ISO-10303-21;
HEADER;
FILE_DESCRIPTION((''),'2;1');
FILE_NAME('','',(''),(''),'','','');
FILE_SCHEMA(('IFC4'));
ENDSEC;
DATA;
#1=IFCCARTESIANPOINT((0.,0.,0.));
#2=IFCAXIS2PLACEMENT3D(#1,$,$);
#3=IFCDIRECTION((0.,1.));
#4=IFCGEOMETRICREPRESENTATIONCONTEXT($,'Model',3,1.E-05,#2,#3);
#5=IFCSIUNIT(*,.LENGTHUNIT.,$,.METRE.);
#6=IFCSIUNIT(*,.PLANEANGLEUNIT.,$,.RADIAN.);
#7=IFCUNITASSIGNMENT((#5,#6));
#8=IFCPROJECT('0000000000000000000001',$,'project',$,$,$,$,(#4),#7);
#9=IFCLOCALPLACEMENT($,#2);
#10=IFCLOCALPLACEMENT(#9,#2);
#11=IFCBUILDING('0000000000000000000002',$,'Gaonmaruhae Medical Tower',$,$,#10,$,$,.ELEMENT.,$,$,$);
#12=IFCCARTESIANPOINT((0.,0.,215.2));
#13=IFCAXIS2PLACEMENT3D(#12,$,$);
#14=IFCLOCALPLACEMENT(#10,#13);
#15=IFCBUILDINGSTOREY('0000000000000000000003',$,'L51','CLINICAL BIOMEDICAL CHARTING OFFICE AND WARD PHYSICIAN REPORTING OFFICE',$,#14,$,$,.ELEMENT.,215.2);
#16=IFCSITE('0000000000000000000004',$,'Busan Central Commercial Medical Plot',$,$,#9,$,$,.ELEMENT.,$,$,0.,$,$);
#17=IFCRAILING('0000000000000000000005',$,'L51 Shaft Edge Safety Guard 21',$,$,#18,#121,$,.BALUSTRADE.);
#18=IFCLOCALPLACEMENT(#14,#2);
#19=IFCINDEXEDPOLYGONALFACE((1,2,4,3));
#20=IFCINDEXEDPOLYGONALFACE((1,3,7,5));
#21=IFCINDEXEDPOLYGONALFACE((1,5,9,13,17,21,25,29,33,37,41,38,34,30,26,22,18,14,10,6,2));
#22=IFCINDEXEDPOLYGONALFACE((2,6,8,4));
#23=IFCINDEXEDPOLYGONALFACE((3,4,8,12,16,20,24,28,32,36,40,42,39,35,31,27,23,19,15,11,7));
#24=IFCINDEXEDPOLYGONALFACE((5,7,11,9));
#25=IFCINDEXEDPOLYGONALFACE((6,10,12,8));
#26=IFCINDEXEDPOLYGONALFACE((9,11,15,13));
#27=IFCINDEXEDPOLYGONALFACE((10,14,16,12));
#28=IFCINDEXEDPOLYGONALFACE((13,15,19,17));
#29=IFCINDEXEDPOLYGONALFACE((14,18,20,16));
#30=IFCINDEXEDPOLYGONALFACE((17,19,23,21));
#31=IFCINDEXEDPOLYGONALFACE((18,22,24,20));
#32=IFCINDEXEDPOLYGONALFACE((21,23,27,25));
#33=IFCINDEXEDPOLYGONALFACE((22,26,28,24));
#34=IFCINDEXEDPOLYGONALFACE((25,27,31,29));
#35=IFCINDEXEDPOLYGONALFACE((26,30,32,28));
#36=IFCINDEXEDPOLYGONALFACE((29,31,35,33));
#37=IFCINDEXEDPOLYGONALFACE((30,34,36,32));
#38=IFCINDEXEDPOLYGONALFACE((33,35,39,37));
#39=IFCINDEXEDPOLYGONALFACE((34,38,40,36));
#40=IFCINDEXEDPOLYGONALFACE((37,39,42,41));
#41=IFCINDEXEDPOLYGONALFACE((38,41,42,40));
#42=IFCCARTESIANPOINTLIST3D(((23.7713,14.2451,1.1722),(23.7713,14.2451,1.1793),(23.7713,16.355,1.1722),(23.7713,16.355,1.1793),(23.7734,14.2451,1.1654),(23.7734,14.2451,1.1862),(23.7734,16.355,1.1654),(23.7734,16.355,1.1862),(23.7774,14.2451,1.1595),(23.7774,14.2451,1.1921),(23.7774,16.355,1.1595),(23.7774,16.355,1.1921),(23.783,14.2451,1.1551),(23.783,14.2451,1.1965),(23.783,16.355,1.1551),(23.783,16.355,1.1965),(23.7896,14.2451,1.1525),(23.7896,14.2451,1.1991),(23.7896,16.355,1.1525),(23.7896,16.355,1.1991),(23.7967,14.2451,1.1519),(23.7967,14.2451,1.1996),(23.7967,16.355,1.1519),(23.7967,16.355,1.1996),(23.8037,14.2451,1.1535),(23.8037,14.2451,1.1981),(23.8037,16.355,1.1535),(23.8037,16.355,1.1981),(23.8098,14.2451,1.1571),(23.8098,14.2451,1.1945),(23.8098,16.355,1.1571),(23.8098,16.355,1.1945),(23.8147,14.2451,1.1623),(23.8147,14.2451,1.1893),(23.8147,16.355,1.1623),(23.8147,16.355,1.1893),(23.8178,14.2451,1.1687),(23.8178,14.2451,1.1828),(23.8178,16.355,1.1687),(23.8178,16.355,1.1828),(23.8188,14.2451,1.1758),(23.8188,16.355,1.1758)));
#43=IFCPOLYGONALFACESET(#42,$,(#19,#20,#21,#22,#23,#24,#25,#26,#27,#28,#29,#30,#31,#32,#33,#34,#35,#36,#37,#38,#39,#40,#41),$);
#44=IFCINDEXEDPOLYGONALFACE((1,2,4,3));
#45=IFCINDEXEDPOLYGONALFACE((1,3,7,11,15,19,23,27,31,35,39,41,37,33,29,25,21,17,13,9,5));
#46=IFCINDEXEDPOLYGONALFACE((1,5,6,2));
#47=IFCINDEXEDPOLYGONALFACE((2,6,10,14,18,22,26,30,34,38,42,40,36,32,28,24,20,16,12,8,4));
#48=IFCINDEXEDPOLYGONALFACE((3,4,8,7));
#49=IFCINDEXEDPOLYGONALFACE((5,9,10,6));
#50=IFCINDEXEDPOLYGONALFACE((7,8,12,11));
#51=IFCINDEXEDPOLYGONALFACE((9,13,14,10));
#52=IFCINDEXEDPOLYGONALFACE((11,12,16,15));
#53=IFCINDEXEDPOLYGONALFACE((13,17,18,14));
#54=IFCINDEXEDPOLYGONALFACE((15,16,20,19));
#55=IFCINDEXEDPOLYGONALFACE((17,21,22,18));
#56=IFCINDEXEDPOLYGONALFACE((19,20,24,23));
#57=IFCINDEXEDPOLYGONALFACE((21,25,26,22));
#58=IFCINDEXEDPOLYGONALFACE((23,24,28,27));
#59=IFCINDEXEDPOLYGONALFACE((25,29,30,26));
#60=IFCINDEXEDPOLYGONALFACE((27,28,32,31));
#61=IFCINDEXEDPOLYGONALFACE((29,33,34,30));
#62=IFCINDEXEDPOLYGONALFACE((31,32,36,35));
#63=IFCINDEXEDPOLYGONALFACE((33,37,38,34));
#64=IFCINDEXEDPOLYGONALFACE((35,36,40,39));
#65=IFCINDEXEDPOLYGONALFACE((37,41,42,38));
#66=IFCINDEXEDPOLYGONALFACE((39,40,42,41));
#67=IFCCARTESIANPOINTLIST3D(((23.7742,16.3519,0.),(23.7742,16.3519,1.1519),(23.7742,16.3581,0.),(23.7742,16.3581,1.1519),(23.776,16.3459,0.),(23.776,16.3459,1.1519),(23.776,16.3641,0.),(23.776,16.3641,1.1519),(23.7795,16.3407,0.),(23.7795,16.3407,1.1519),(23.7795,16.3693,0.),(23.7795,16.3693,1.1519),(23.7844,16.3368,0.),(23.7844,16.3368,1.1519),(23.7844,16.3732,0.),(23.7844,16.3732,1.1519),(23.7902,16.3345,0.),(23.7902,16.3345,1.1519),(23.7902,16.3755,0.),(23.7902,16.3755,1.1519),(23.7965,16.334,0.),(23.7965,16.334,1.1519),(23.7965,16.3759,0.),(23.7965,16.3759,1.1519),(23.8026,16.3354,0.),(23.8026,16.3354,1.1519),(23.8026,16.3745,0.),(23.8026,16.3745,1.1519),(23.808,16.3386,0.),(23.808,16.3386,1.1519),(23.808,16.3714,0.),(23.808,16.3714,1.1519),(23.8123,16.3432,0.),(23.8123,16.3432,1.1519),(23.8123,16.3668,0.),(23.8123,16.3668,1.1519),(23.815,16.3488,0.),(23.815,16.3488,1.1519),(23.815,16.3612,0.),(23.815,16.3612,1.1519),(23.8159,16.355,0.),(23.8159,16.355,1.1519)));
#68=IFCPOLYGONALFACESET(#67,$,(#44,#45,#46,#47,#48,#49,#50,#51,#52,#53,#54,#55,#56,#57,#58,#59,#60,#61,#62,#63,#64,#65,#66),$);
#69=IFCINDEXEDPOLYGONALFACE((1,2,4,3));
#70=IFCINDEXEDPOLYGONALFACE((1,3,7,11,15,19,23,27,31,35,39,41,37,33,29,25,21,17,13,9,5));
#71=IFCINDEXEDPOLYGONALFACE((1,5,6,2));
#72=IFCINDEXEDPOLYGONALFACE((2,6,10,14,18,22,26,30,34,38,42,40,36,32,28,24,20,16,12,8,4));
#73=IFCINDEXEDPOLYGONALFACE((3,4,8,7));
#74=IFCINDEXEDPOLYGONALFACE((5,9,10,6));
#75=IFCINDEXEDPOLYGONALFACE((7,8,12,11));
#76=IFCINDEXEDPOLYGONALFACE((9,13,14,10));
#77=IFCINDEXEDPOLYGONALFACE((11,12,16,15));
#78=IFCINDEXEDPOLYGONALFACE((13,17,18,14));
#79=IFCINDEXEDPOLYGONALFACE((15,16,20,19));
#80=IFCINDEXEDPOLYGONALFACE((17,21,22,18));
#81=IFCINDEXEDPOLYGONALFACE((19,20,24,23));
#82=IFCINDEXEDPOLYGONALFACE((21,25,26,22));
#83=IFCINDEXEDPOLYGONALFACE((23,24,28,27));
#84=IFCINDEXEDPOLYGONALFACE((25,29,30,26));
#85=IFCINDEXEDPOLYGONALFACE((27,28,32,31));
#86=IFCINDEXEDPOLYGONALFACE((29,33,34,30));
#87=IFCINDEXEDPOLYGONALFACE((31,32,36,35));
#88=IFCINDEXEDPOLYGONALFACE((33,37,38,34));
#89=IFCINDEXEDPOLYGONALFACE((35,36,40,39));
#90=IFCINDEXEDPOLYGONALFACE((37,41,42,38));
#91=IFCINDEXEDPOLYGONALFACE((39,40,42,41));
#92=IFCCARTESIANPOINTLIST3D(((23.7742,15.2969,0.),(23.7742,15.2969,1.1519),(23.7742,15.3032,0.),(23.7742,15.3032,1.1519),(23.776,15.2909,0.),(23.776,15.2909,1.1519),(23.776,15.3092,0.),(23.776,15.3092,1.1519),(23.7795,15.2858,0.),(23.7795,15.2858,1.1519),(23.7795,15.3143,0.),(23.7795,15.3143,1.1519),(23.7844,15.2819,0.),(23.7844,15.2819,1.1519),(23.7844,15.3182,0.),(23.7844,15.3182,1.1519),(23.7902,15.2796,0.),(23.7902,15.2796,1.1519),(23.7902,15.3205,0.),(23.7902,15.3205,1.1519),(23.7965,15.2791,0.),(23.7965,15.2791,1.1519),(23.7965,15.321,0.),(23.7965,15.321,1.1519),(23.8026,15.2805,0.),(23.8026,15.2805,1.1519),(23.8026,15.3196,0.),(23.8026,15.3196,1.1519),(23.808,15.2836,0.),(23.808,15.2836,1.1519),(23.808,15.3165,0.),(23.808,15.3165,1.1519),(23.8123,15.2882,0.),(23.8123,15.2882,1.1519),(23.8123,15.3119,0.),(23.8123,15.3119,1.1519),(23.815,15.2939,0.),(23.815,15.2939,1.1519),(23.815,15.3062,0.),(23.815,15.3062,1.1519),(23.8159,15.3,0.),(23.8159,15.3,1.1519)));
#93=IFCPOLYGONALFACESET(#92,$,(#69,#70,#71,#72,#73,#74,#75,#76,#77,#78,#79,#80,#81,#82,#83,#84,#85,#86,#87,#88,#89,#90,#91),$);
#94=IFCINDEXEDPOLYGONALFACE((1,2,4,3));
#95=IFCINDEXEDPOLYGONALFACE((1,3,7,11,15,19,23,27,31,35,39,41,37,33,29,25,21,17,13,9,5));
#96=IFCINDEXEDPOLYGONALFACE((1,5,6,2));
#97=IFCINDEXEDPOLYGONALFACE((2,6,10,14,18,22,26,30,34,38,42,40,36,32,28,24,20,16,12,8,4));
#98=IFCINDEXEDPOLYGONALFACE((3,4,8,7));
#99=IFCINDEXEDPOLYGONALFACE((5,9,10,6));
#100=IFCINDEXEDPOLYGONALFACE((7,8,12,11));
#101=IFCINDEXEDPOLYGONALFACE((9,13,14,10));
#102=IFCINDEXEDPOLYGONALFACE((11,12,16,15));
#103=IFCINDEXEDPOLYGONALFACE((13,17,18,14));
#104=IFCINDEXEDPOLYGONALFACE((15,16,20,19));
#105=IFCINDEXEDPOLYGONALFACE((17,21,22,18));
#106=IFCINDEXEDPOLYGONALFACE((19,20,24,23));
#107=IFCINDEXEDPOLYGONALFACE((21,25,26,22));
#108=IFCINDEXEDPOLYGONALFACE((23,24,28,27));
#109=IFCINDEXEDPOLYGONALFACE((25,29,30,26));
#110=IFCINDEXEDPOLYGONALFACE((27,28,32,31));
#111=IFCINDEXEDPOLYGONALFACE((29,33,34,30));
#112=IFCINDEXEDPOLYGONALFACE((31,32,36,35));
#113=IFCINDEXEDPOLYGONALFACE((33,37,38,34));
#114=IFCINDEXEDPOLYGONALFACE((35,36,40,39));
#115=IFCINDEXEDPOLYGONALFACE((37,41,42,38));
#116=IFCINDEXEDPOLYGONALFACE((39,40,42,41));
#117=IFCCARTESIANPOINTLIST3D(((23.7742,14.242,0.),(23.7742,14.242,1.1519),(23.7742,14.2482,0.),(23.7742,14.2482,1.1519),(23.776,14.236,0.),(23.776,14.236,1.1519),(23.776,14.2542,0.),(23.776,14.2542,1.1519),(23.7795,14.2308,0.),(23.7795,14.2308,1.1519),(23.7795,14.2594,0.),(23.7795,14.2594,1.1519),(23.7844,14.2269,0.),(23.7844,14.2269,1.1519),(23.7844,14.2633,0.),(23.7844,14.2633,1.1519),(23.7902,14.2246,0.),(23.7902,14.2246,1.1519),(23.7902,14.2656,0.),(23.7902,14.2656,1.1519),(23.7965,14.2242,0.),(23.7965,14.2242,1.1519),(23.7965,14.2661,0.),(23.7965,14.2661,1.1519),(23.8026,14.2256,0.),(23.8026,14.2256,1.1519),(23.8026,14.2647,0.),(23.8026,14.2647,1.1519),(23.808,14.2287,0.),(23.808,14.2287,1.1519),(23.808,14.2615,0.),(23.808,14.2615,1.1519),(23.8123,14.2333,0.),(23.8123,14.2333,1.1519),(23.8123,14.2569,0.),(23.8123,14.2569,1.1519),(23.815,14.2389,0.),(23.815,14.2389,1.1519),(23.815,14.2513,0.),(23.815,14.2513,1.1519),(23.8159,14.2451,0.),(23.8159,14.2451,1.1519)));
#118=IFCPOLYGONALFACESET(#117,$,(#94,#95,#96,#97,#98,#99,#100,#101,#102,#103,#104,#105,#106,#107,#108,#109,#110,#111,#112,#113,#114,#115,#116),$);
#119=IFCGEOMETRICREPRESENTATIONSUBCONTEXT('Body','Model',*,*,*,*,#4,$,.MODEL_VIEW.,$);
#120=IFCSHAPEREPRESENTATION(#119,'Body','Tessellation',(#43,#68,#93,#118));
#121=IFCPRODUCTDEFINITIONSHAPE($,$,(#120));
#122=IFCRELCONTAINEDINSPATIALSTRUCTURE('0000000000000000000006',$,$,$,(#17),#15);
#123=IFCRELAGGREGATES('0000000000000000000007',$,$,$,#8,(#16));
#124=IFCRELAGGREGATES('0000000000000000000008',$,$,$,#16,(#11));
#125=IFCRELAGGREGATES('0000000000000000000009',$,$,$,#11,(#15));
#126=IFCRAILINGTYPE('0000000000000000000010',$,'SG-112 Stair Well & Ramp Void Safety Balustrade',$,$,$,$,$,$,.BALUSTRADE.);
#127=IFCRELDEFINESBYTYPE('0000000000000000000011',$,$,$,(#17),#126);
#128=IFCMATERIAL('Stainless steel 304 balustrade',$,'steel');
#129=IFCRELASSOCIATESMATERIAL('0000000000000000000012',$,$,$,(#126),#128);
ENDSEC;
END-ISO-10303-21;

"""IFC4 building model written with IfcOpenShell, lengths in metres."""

from ifc_helpers import new_model, si_unit, direction, frame, origin, origin_2d, place, context, subcontext, project, spatial, circle, extrude, material, type_object, element, save


model = new_model("IFC4")

# Units and contexts
model_context = context("Model", 3, precision=1e-05, world=origin(), true_north=direction((0.0, 1.0)))
body_context = subcontext(model_context, "Body", "Model", "MODEL_VIEW")
ifc_project = project(units=[si_unit("LENGTHUNIT", "METRE"), si_unit("PLANEANGLEUNIT", "RADIAN")], contexts=[model_context])

# Site, building, storey
site_placement = place(None, origin())
site = spatial("IfcSite", under=ifc_project, at=site_placement, Name="Busan Central Commercial Medical Plot", CompositionType="ELEMENT", RefElevation=0.0)
building_placement = place(site_placement, origin())
building = spatial("IfcBuilding", under=site, at=building_placement, Name="Gaonmaruhae Medical Tower", CompositionType="ELEMENT")
storey_placement = place(building_placement, frame((0.0, 0.0, 215.2)))
storey = spatial("IfcBuildingStorey", under=building, at=storey_placement, Name="L51", Description="CLINICAL BIOMEDICAL CHARTING OFFICE AND WARD PHYSICIAN REPORTING OFFICE", CompositionType="ELEMENT", Elevation=215.2)

# Railing
ifc_material_1 = material(Name="Stainless steel 304 balustrade", Category="steel")
railing_type_1 = type_object("IfcRailingType", Name="SG-112 Stair Well & Ramp Void Safety Balustrade", PredefinedType="BALUSTRADE", material=ifc_material_1)
railing_1_placement = place(storey_placement, frame((23.7949, 16.355, 0.0)))
element("IfcRailing", 1, at=railing_1_placement, inside=storey, type_object=railing_type_1, Name="L51 Shaft Edge Safety Guard 21", PredefinedType="BALUSTRADE", context=body_context, shape_type="SweptSolid", body=[
    extrude(circle(Radius=0.0239, at=origin_2d()), frame((0.0, 0.0, 1.1758), z_axis=(0.0, -1.0, 0.0), x_axis=(1.0, 0.0, 0.0)), (0.0, 0.0, 1.0), 2.1099),
    extrude(circle(Radius=0.021, at=origin_2d()), origin(), (0.0, 0.0, 1.0), 1.1519),
    extrude(circle(Radius=0.021, at=origin_2d()), frame((0.0, -1.0549, 0.0)), (0.0, 0.0, 1.0), 1.1519),
    extrude(circle(Radius=0.021, at=origin_2d()), frame((0.0, -2.1099, 0.0)), (0.0, 0.0, 1.0), 1.1519),
])

save(model, "model.ifc")
